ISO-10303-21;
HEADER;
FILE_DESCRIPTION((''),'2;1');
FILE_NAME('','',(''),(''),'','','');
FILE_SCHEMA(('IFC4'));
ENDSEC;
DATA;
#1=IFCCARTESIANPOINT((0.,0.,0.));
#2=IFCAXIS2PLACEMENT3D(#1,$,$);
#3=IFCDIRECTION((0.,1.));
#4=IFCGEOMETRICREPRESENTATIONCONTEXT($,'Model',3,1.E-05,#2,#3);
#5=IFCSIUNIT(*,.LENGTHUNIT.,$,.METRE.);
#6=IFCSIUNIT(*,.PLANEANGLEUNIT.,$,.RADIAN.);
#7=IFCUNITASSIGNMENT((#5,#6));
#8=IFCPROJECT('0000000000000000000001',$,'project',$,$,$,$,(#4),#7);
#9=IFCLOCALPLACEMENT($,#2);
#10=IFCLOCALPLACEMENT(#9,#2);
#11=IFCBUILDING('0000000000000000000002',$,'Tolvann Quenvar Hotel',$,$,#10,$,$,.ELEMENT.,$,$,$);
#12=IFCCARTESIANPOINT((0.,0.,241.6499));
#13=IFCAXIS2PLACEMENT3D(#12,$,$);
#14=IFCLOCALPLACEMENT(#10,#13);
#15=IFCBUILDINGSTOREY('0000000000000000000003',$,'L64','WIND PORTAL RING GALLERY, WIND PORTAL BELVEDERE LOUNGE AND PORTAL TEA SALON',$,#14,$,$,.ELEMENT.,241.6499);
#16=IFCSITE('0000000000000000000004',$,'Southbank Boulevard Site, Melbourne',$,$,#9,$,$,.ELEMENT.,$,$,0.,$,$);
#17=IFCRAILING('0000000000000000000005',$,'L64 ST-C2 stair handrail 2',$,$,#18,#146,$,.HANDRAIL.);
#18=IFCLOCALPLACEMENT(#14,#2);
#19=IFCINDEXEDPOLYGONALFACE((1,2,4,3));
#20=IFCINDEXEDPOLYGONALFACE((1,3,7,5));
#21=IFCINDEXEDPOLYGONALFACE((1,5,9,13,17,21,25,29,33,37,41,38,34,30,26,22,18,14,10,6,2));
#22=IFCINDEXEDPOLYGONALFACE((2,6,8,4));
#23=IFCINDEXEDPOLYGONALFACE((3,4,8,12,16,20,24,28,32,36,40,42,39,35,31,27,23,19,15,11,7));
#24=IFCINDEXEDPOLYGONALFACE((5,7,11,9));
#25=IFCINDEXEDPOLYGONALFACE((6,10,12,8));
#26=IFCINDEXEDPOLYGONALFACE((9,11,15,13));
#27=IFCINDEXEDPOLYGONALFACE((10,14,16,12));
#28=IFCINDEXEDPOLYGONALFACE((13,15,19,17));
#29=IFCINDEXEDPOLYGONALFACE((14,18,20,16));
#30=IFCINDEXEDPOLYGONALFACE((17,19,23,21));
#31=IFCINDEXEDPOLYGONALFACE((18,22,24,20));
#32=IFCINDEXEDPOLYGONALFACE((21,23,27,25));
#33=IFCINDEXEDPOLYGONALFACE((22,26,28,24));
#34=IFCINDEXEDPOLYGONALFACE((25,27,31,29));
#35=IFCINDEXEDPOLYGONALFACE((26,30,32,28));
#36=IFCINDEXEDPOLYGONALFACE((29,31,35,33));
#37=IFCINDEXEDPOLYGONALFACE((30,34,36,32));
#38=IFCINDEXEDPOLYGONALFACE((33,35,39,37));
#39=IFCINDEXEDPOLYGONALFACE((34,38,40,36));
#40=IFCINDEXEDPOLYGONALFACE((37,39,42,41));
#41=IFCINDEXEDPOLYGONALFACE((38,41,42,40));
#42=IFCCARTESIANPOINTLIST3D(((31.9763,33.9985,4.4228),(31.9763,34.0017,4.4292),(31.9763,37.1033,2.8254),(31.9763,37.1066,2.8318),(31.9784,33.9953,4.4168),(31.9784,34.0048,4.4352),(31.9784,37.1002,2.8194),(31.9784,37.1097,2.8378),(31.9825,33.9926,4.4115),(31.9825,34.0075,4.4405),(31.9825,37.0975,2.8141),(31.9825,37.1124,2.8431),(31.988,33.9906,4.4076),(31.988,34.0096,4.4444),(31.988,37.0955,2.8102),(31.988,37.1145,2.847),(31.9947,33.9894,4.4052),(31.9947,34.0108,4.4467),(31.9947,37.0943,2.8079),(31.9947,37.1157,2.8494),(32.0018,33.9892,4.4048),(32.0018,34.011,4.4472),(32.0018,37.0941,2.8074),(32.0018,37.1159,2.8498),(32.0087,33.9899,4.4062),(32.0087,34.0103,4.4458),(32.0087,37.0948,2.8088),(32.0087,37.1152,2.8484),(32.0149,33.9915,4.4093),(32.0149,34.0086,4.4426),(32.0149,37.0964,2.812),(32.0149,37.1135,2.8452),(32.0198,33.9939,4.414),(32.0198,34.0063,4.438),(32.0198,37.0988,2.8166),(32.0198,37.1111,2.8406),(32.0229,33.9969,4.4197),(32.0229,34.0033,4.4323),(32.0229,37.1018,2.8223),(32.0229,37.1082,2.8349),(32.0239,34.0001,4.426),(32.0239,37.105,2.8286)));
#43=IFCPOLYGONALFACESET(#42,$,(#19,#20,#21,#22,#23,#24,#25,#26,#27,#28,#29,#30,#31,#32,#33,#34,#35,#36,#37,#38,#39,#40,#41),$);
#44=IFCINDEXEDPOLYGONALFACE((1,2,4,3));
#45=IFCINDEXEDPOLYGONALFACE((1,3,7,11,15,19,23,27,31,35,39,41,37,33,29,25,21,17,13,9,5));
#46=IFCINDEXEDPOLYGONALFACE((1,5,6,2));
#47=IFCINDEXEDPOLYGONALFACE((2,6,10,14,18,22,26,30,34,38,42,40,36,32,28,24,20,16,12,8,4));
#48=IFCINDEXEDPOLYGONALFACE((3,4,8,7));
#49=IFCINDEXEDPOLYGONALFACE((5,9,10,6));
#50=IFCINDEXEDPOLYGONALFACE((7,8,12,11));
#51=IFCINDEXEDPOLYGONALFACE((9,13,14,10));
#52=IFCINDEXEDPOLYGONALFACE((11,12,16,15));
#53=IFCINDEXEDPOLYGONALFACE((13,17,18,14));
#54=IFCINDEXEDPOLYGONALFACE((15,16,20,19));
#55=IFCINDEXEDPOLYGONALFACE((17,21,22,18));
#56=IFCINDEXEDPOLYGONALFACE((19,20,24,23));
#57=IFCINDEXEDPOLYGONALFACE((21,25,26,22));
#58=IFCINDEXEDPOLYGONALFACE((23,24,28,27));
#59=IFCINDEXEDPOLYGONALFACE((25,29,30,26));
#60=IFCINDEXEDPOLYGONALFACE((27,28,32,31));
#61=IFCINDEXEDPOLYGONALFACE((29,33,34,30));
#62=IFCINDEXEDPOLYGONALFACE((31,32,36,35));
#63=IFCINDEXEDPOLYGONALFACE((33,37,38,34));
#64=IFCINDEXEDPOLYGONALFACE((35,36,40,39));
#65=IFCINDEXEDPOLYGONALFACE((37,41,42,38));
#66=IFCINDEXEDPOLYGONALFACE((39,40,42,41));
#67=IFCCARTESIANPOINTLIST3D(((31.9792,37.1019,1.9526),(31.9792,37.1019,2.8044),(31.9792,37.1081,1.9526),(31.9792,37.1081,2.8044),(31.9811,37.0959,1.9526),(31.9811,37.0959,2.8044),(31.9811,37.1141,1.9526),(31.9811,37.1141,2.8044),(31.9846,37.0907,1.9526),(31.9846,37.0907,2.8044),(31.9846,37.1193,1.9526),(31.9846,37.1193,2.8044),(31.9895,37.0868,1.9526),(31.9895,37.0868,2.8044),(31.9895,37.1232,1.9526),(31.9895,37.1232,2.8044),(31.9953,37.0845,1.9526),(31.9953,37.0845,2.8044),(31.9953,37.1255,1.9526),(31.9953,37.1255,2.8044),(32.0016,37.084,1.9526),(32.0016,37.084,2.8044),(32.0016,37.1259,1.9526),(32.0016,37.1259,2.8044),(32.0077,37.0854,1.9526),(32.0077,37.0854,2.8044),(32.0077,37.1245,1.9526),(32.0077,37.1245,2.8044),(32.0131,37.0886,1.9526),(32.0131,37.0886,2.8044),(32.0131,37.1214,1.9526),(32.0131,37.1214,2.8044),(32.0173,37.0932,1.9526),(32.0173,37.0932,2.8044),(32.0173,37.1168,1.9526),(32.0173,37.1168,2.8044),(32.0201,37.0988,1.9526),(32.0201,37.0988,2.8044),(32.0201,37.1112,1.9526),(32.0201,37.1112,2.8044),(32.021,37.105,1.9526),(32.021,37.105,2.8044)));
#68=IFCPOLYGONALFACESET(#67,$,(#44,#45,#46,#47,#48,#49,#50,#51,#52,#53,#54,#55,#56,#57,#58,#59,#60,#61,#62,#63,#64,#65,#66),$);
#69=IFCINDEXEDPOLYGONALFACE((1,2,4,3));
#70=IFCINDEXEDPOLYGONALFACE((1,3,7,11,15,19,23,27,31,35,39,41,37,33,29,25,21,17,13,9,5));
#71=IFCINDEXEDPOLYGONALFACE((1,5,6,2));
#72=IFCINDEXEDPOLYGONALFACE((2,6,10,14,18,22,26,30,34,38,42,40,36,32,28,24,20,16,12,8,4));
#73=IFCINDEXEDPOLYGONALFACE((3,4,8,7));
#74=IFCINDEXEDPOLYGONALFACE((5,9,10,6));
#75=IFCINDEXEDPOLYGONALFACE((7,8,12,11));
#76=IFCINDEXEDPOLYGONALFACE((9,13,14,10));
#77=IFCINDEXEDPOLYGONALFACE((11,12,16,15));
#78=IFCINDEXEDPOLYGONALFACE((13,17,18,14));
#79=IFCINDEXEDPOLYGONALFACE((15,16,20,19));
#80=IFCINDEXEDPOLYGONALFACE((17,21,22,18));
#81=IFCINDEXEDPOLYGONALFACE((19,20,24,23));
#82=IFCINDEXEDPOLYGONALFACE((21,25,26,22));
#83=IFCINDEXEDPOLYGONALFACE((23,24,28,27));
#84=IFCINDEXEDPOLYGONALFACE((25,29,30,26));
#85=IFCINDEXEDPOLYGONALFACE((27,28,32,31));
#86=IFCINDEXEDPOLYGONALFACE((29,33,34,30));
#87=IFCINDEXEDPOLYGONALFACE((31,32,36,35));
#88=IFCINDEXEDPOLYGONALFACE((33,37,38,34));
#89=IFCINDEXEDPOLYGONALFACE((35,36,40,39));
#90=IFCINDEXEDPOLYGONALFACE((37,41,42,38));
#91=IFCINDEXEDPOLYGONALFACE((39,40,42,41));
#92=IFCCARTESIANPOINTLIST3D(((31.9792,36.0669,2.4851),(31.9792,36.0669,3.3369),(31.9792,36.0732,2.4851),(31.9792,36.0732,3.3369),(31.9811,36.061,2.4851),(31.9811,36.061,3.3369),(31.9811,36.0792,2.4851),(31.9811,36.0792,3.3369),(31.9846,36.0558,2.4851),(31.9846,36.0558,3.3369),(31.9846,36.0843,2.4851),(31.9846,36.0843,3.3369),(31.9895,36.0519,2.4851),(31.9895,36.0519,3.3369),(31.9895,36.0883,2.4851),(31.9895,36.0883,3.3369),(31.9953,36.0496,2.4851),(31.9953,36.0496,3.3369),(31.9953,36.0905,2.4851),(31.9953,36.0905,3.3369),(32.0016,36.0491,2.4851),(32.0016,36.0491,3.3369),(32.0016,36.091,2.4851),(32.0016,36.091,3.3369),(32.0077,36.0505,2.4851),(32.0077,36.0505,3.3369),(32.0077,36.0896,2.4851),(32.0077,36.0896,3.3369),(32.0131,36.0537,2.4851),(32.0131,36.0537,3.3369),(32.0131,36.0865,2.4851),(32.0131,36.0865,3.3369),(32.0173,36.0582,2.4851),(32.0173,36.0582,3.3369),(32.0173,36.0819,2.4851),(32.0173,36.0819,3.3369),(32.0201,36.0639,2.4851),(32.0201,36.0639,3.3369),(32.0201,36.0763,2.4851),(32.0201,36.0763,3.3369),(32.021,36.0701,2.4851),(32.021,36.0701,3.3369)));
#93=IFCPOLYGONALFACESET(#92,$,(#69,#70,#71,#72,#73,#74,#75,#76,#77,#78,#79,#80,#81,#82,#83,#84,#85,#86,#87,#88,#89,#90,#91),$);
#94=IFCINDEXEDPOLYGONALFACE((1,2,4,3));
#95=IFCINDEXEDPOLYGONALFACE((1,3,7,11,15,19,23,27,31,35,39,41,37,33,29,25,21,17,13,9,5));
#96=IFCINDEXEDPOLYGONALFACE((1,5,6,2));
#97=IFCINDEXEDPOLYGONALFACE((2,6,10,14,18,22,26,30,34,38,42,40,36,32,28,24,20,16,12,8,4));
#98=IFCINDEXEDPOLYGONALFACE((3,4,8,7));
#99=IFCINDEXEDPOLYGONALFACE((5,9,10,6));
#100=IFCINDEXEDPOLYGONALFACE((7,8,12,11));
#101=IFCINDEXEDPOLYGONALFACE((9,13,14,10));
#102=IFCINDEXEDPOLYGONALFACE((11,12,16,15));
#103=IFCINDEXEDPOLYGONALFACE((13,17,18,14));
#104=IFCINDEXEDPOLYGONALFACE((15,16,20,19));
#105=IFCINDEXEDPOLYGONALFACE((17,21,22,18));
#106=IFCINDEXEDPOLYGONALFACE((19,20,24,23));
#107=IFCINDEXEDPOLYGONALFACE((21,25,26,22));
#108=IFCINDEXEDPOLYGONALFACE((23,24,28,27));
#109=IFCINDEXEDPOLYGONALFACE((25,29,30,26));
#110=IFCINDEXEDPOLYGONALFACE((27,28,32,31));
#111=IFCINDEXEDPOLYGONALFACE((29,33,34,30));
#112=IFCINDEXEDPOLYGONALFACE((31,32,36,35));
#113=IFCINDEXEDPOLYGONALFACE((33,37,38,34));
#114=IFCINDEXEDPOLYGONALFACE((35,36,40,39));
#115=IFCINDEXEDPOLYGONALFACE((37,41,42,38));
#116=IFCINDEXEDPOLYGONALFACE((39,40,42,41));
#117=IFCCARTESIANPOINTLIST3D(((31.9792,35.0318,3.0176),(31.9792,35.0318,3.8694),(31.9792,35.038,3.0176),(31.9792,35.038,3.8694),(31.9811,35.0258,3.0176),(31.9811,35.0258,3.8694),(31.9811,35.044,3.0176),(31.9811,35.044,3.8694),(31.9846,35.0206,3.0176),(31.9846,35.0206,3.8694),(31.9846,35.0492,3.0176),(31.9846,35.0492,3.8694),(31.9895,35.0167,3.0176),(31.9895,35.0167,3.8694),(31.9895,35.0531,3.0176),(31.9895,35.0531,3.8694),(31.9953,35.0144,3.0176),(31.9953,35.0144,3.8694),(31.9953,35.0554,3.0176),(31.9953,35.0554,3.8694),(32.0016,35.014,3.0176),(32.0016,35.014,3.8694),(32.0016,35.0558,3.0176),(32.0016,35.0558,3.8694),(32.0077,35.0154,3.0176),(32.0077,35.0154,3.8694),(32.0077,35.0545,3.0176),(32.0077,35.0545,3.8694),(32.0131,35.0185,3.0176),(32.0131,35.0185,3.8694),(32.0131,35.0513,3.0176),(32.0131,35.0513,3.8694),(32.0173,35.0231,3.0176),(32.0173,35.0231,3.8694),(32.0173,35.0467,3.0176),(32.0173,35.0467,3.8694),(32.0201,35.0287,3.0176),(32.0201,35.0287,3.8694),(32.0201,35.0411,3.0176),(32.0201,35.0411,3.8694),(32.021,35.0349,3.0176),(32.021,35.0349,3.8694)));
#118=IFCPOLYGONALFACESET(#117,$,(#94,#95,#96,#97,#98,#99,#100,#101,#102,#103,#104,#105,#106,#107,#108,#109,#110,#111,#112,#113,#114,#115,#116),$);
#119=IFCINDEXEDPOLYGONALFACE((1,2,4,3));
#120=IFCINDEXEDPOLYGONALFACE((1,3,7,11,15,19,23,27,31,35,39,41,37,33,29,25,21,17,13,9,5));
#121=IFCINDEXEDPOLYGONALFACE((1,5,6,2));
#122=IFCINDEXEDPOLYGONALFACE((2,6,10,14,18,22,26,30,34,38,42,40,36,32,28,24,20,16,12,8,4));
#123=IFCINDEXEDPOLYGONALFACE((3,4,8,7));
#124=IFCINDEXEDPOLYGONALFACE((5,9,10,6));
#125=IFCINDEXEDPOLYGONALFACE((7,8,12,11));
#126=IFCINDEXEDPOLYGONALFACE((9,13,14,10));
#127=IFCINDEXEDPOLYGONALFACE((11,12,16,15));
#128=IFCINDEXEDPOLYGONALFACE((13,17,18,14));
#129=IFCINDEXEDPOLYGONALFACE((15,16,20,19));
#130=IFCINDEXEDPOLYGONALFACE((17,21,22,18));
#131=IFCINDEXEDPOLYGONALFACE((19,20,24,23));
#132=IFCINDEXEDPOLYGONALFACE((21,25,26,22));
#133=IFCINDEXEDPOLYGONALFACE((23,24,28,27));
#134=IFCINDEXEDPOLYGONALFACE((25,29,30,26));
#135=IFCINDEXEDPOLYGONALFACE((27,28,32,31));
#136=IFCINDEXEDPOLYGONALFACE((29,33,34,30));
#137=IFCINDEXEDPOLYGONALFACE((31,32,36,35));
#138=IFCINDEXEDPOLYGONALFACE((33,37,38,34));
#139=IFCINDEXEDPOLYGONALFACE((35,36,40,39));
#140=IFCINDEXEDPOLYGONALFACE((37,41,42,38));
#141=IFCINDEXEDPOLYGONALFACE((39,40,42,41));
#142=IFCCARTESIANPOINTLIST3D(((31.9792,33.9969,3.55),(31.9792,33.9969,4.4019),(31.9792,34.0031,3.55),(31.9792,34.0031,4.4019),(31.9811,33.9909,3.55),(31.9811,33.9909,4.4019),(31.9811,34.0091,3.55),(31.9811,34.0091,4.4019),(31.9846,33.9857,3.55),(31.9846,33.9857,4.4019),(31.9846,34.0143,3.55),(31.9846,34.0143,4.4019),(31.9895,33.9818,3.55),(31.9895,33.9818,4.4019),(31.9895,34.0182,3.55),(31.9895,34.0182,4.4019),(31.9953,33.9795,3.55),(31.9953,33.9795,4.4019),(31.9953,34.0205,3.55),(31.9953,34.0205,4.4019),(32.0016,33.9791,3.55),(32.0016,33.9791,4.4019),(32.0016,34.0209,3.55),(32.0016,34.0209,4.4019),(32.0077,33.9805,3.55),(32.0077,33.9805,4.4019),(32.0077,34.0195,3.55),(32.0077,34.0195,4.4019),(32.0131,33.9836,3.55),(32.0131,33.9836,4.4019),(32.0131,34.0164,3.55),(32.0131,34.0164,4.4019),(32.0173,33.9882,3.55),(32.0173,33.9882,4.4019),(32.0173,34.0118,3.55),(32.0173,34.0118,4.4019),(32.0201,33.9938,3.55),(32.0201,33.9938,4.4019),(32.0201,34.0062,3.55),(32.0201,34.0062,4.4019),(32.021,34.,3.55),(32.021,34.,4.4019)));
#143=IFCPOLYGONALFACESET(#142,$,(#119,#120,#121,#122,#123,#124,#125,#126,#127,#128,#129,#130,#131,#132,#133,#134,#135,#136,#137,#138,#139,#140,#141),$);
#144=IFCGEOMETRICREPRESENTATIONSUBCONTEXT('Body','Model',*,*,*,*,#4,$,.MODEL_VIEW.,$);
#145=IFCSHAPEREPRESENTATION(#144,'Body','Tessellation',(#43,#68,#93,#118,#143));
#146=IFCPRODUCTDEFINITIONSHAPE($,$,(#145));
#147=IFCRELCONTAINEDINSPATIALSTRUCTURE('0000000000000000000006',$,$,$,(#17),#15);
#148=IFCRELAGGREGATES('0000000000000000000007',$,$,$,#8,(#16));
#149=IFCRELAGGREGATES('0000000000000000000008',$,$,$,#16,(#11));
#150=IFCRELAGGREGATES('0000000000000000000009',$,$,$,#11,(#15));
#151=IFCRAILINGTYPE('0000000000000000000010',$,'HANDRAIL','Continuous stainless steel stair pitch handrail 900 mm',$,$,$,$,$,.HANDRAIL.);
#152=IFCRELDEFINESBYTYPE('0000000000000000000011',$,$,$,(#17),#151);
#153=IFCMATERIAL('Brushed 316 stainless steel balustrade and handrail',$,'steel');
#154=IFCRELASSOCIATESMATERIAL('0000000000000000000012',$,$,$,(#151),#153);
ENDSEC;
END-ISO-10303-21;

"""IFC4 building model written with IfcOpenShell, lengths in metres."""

from ifc_helpers import new_model, si_unit, direction, frame, origin, origin_2d, place, context, subcontext, project, spatial, circle, extrude, material, type_object, element, save


model = new_model("IFC4")

# Units and contexts
model_context = context("Model", 3, precision=1e-05, world=origin(), true_north=direction((0.0, 1.0)))
body_context = subcontext(model_context, "Body", "Model", "MODEL_VIEW")
ifc_project = project(units=[si_unit("LENGTHUNIT", "METRE"), si_unit("PLANEANGLEUNIT", "RADIAN")], contexts=[model_context])

# Site, building, storey
site_placement = place(None, origin())
site = spatial("IfcSite", under=ifc_project, at=site_placement, Name="Southbank Boulevard Site, Melbourne", CompositionType="ELEMENT", RefElevation=0.0)
building_placement = place(site_placement, origin())
building = spatial("IfcBuilding", under=site, at=building_placement, Name="Tolvann Quenvar Hotel", CompositionType="ELEMENT")
storey_placement = place(building_placement, frame((0.0, 0.0, 241.6499)))
storey = spatial("IfcBuildingStorey", under=building, at=storey_placement, Name="L64", Description="WIND PORTAL RING GALLERY, WIND PORTAL BELVEDERE LOUNGE AND PORTAL TEA SALON", CompositionType="ELEMENT", Elevation=241.6499)

# Railing
ifc_material_1 = material(Name="Brushed 316 stainless steel balustrade and handrail", Category="steel")
railing_type_1 = type_object("IfcRailingType", Name="HANDRAIL", Description="Continuous stainless steel stair pitch handrail 900 mm", PredefinedType="HANDRAIL", material=ifc_material_1)
railing_1_placement = place(storey_placement, frame((32.0, 37.105, 1.9526)))
element("IfcRailing", 1, at=railing_1_placement, inside=storey, type_object=railing_type_1, Name="L64 ST-C2 stair handrail 2", PredefinedType="HANDRAIL", context=body_context, shape_type="SweptSolid", body=[
    extrude(circle(Radius=0.0239, at=origin_2d()), frame((0.0, 0.0, 0.876), z_axis=(0.0, -0.889222, 0.457476), x_axis=(1.0, 0.0, 0.0)), (0.0, 0.0, 1.0), 3.4917),
    extrude(circle(Radius=0.021, at=origin_2d()), origin(), (0.0, 0.0, 1.0), 0.8518),
    extrude(circle(Radius=0.021, at=origin_2d()), frame((0.0, -1.0349, 0.5325)), (0.0, 0.0, 1.0), 0.8518),
    extrude(circle(Radius=0.021, at=origin_2d()), frame((0.0, -2.0701, 1.0649)), (0.0, 0.0, 1.0), 0.8518),
    extrude(circle(Radius=0.021, at=origin_2d()), frame((0.0, -3.105, 1.5974)), (0.0, 0.0, 1.0), 0.8518),
])

save(model, "model.ifc")
